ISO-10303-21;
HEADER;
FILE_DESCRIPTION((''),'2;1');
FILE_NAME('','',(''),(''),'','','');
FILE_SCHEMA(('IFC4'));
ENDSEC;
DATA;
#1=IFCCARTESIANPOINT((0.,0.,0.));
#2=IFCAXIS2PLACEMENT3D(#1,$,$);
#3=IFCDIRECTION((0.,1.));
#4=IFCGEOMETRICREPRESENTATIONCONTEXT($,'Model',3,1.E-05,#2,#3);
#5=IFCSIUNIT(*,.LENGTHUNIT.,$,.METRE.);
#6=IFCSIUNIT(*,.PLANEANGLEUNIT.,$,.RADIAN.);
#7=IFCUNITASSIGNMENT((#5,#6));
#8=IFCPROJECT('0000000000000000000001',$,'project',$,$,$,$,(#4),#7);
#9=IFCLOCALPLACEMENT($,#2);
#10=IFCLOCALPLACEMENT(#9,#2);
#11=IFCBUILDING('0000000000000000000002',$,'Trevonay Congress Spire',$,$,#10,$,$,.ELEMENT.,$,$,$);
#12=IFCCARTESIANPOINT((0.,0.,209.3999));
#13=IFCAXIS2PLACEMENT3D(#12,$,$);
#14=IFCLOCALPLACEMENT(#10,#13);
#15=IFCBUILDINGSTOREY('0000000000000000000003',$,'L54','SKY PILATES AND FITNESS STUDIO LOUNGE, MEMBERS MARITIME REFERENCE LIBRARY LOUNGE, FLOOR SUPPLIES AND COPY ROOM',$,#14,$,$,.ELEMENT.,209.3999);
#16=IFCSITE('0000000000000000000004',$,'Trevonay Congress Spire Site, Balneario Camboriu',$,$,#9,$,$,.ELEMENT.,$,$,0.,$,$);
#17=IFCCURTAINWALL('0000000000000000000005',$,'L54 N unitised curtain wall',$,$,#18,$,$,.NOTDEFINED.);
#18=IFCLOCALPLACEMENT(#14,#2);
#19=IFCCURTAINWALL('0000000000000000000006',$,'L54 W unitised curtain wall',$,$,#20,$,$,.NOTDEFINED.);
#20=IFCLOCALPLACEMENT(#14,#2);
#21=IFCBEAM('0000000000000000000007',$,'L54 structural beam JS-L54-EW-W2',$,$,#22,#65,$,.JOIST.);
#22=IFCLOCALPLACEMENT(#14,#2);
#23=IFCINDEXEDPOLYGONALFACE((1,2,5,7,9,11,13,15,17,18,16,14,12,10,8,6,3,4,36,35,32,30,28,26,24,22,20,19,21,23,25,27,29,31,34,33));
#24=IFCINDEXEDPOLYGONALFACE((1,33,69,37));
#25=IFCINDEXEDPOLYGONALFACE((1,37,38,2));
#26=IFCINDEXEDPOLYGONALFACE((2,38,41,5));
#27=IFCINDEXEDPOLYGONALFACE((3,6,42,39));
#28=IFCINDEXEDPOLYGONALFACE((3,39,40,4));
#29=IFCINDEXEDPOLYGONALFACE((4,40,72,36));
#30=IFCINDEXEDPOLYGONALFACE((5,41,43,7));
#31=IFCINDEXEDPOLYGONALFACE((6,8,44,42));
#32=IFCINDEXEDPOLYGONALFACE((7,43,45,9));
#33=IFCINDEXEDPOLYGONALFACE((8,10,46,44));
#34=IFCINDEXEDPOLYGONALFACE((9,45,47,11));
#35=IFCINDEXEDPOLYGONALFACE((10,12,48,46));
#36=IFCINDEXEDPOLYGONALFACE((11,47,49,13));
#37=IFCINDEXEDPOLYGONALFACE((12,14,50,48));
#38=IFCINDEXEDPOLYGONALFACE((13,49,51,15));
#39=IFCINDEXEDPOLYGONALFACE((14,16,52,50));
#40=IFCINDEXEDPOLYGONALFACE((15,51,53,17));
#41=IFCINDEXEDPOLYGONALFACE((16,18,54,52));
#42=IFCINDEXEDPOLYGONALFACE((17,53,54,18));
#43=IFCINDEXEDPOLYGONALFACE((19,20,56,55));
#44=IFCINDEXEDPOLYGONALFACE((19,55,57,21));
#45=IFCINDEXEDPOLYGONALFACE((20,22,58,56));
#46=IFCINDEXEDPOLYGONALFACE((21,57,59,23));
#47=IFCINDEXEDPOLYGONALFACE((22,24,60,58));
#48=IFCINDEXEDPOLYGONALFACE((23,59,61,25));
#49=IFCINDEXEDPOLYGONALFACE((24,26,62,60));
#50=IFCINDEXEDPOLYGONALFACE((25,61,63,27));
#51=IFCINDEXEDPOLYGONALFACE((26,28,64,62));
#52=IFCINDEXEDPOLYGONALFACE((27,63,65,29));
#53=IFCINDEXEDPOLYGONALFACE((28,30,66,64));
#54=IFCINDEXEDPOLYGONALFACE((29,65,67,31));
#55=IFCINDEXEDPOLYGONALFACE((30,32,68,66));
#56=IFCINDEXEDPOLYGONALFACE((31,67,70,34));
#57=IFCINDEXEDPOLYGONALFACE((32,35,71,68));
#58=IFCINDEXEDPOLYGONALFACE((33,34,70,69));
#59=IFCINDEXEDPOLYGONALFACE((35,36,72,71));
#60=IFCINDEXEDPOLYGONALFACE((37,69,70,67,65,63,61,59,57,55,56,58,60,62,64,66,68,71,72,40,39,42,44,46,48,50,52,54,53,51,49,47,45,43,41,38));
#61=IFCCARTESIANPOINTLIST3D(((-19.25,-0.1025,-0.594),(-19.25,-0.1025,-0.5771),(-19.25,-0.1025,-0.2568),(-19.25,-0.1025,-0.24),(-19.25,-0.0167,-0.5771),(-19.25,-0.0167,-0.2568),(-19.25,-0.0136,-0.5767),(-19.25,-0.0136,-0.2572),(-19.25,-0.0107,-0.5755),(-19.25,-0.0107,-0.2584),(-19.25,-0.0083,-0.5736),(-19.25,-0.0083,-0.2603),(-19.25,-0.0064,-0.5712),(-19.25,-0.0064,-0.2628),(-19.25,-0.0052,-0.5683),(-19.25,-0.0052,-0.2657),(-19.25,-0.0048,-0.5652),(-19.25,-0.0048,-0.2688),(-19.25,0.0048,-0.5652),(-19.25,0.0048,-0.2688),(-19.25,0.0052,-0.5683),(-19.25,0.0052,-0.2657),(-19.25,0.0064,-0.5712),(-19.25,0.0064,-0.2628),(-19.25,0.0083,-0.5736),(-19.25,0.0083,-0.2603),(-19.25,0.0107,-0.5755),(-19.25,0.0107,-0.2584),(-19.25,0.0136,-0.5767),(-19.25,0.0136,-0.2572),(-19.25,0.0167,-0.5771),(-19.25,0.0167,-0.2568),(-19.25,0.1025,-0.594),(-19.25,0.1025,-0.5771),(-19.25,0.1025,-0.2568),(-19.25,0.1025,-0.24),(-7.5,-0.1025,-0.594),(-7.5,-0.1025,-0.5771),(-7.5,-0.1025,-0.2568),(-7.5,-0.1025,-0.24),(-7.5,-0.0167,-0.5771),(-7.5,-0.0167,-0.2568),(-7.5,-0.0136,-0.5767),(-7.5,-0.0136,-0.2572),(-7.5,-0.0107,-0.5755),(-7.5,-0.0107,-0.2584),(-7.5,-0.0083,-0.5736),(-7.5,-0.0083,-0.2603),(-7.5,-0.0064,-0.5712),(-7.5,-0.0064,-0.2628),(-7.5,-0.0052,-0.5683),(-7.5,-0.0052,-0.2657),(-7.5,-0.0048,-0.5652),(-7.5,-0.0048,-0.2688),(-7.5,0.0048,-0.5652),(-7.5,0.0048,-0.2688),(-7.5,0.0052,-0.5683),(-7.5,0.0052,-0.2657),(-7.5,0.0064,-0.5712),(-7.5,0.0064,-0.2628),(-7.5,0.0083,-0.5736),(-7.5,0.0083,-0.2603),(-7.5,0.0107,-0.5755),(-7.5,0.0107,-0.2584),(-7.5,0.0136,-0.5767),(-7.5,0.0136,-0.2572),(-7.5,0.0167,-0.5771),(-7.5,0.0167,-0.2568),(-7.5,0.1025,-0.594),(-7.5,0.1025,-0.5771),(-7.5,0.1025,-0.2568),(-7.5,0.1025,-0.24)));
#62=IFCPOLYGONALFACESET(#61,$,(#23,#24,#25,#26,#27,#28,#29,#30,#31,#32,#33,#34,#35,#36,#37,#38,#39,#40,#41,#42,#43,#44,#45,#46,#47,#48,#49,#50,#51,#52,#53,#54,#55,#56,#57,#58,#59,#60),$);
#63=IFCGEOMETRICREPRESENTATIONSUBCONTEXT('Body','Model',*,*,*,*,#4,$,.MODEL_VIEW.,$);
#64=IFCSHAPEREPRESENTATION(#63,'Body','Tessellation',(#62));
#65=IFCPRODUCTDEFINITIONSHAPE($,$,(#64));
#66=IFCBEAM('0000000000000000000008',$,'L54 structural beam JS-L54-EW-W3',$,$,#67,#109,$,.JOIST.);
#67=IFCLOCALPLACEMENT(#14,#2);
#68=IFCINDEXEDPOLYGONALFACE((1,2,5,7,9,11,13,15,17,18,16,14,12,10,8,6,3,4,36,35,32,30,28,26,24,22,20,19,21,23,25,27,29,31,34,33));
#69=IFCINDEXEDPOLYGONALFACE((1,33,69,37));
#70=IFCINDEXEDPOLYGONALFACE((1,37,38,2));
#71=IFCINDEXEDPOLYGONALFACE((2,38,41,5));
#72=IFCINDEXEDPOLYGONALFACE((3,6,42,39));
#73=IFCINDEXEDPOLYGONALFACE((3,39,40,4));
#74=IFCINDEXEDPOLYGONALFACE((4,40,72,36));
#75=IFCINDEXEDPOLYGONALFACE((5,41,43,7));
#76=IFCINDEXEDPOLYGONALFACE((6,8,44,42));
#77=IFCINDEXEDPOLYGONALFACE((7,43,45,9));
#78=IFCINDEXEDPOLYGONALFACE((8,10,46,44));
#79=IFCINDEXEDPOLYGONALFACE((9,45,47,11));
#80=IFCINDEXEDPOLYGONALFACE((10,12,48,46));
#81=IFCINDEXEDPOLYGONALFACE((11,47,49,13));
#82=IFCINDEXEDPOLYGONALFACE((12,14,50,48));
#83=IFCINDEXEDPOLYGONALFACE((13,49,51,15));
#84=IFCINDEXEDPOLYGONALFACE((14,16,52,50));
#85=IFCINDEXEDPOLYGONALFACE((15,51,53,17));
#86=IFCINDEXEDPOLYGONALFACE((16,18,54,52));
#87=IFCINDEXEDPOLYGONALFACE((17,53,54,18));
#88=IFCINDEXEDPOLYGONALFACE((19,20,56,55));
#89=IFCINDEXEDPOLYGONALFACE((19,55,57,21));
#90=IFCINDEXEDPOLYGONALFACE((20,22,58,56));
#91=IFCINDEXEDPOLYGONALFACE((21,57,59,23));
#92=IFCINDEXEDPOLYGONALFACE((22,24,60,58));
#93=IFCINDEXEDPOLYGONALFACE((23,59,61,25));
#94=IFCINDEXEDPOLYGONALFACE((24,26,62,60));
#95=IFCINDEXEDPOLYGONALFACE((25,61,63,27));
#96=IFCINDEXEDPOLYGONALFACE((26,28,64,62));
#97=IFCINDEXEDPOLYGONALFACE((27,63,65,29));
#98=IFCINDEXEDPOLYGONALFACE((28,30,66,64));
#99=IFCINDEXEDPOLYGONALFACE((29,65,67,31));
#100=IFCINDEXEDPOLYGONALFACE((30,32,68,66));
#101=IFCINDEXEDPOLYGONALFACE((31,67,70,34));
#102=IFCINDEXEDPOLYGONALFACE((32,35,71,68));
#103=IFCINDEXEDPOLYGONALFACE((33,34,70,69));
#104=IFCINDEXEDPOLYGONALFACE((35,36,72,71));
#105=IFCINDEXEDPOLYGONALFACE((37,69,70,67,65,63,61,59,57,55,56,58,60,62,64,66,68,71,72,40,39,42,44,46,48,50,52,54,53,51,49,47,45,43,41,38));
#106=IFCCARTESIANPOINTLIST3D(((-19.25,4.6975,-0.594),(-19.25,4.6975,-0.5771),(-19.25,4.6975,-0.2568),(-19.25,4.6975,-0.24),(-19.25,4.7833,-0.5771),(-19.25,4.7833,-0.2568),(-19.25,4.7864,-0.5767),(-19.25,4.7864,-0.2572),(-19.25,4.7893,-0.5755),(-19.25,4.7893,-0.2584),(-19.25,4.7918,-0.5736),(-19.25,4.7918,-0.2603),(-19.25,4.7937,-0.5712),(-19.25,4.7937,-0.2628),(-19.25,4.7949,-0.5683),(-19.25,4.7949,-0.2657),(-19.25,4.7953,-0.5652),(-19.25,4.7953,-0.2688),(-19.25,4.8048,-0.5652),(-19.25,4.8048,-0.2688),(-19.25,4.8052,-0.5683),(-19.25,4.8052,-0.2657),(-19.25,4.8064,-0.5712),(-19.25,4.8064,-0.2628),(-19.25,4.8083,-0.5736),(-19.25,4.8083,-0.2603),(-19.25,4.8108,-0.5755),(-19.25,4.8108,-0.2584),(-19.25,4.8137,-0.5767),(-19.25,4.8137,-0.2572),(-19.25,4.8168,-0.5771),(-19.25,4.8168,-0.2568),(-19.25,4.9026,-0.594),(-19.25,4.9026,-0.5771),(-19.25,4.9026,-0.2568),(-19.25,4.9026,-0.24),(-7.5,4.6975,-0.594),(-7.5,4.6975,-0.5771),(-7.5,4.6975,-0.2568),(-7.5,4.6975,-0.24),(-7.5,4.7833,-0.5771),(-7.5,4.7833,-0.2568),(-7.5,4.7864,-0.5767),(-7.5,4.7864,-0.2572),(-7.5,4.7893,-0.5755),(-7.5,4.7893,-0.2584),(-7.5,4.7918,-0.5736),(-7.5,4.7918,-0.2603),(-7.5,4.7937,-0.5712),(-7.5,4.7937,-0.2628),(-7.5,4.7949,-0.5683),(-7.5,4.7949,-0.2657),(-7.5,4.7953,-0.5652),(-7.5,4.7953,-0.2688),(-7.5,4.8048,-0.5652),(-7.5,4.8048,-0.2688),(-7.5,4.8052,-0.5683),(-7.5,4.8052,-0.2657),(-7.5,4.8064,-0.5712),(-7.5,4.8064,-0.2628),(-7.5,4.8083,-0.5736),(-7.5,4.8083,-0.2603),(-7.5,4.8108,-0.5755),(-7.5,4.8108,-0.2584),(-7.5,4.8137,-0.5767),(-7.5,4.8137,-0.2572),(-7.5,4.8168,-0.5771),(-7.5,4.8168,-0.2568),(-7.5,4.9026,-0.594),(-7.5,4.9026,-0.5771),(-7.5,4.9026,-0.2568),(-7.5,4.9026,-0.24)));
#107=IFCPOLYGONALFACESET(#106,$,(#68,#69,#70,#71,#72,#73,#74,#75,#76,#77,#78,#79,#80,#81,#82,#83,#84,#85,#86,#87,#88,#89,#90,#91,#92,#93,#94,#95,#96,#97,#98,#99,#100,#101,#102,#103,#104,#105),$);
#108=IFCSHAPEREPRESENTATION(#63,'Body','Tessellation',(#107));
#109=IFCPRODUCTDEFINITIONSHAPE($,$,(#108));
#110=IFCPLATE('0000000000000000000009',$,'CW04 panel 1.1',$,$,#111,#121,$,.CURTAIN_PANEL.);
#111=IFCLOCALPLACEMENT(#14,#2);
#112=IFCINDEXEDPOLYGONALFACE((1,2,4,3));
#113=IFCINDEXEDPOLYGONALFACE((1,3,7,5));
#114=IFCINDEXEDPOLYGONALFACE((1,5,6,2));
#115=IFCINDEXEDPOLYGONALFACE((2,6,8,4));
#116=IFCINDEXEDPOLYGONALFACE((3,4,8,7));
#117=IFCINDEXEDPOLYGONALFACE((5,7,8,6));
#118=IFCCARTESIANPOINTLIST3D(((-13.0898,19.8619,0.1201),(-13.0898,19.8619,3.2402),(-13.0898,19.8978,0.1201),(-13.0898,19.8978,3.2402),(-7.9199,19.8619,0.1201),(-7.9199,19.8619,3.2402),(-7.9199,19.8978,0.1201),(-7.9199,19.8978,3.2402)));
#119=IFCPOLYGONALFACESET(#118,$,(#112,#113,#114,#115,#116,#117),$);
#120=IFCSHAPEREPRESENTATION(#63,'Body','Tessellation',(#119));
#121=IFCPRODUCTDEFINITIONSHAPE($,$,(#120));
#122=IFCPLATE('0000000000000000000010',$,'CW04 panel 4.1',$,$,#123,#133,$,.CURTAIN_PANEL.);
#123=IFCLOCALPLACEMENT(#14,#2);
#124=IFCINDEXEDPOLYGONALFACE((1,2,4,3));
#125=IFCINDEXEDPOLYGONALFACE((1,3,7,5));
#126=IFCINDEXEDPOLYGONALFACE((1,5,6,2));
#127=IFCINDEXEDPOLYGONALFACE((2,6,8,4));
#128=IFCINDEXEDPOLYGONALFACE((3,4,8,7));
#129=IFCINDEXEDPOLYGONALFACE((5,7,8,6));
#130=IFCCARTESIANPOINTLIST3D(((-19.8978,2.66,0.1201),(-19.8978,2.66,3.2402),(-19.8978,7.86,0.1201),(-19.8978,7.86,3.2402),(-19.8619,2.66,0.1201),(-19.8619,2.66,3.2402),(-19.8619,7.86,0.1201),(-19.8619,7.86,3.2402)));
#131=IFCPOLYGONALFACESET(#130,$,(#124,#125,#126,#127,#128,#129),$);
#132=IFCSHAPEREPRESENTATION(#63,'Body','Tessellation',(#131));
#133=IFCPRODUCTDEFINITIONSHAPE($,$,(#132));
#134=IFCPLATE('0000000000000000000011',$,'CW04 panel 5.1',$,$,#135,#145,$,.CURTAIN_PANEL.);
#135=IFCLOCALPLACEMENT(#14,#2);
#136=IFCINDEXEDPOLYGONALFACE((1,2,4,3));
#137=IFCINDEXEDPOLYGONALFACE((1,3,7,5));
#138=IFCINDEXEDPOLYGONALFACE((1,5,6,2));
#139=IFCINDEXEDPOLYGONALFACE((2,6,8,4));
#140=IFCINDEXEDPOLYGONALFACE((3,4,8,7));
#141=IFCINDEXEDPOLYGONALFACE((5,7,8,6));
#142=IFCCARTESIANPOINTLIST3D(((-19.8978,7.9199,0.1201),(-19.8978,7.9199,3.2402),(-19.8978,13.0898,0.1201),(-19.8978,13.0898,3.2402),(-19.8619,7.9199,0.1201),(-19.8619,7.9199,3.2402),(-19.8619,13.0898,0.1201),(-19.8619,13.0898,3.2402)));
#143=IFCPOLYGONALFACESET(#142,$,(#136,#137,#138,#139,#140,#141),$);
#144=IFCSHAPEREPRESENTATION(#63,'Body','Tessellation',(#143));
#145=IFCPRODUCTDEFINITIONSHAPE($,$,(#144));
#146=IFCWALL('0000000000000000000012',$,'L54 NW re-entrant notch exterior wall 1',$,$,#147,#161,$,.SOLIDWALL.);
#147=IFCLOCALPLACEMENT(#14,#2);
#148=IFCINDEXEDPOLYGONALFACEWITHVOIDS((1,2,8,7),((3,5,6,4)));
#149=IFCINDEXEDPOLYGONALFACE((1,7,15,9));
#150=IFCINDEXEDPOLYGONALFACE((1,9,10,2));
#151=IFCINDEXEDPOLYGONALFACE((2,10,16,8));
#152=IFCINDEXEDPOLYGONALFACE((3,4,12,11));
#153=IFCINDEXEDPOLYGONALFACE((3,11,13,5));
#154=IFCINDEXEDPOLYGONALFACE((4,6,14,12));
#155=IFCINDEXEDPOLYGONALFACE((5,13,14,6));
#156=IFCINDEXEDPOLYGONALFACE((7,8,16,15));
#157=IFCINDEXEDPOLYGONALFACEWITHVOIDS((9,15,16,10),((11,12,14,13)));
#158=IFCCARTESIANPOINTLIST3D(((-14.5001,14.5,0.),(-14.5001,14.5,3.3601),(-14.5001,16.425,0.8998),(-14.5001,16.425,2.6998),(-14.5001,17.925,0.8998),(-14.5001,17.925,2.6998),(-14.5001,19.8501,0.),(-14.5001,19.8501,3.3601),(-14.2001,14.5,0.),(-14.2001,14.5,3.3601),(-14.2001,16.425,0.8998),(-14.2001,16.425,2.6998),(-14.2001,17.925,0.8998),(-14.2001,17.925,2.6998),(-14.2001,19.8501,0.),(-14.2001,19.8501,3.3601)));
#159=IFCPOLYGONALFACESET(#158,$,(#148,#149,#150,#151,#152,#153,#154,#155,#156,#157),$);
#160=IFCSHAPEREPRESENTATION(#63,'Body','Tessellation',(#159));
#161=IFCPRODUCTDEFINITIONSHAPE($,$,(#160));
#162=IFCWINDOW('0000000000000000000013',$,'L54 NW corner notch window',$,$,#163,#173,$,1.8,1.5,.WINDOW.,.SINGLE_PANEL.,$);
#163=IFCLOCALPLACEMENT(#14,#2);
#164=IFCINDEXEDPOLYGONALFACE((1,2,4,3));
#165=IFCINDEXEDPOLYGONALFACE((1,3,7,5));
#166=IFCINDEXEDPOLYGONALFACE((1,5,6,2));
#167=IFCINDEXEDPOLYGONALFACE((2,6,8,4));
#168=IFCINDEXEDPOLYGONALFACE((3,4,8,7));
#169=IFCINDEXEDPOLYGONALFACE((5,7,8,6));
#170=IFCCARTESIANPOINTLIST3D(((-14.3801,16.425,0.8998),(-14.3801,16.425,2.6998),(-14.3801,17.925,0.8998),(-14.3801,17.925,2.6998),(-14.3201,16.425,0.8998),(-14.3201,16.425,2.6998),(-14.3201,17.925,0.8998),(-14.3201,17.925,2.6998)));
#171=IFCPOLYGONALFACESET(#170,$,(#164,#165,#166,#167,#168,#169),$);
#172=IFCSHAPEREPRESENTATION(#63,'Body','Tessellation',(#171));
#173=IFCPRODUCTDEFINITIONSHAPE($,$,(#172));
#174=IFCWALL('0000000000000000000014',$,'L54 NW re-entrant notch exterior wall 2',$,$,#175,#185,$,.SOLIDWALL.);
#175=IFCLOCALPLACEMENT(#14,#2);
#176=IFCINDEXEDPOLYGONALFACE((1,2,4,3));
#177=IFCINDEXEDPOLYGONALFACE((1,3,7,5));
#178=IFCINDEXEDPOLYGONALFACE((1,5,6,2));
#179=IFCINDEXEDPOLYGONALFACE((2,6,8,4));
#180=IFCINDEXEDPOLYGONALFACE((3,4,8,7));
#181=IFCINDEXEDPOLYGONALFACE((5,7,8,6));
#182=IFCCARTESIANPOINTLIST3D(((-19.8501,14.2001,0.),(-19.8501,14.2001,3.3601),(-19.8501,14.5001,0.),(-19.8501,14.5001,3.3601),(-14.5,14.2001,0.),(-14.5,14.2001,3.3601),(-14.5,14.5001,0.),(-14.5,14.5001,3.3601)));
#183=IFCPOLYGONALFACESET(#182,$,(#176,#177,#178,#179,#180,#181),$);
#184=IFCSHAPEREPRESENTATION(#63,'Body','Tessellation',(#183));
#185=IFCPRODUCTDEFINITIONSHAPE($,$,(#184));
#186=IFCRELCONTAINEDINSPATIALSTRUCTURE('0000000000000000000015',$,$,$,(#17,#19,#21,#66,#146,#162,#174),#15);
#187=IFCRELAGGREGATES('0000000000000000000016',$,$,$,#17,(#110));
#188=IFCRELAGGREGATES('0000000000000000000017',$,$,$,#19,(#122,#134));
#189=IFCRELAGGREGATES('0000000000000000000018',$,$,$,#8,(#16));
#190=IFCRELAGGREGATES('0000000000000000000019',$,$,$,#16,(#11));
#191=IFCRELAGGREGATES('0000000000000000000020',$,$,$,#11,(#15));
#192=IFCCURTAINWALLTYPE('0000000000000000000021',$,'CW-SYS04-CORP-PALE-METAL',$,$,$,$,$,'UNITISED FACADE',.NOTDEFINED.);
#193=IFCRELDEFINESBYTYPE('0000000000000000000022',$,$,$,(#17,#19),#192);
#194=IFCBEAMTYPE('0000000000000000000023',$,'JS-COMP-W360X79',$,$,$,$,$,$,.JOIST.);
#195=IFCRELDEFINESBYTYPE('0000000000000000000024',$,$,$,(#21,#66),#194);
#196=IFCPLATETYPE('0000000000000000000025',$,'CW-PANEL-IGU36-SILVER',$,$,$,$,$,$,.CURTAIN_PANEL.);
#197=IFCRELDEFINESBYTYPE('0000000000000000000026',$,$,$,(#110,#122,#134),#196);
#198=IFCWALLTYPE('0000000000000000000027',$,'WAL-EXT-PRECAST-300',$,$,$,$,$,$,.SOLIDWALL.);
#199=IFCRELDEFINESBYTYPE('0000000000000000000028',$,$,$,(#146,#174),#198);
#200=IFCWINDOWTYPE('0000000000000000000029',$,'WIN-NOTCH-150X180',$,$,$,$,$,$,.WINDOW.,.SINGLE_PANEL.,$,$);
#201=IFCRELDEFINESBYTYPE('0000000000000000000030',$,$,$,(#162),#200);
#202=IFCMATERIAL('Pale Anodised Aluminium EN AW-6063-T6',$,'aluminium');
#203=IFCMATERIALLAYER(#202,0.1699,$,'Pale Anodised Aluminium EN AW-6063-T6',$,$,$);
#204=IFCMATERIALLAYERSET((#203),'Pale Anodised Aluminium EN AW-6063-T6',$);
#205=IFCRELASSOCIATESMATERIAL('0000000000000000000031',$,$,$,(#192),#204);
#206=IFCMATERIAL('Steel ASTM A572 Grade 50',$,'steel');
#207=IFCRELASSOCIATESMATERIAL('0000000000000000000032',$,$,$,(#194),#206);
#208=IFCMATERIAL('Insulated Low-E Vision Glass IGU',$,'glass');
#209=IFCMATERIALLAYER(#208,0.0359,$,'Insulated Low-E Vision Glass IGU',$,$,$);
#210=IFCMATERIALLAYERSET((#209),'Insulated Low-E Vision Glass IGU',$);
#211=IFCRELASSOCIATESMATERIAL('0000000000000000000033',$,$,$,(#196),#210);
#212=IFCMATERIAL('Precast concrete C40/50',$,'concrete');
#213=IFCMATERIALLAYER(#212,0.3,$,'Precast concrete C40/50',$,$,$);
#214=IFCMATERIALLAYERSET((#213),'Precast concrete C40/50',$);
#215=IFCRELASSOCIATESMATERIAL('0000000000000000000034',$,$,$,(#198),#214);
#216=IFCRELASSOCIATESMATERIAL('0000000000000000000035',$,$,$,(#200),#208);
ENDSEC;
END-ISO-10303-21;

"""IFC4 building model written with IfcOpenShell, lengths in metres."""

from ifc_helpers import new_model, si_unit, direction, frame, frame_2d, origin, origin_2d, place, context, subcontext, project, spatial, rectangle, i_section, extrude, material, layer, layer_set, material_profile, profile_set, type_object, element, fill, aggregate, save


model = new_model("IFC4")

# Units and contexts
model_context = context("Model", 3, precision=1e-05, world=origin(), true_north=direction((0.0, 1.0)))
body_context = subcontext(model_context, "Body", "Model", "MODEL_VIEW")
ifc_project = project(units=[si_unit("LENGTHUNIT", "METRE"), si_unit("PLANEANGLEUNIT", "RADIAN")], contexts=[model_context])

# Site, building, storey
site_placement = place(None, origin())
site = spatial("IfcSite", under=ifc_project, at=site_placement, Name="Trevonay Congress Spire Site, Balneario Camboriu", CompositionType="ELEMENT", RefElevation=0.0)
building_placement = place(site_placement, origin())
building = spatial("IfcBuilding", under=site, at=building_placement, Name="Trevonay Congress Spire", CompositionType="ELEMENT")
storey_placement = place(building_placement, frame((0.0, 0.0, 209.3999)))
storey = spatial("IfcBuildingStorey", under=building, at=storey_placement, Name="L54", Description="SKY PILATES AND FITNESS STUDIO LOUNGE, MEMBERS MARITIME REFERENCE LIBRARY LOUNGE, FLOOR SUPPLIES AND COPY ROOM", CompositionType="ELEMENT", Elevation=209.3999)

# Shared definitions
ifc_material_1 = material(Name="Steel ASTM A572 Grade 50", Category="steel")

# Curtain walls
ifc_material_2 = material(Name="Pale Anodised Aluminium EN AW-6063-T6", Category="aluminium")
ifc_layer_1 = layer(ifc_material_2, 0.1699, Name="Pale Anodised Aluminium EN AW-6063-T6")
ifc_layer_set_1 = layer_set([ifc_layer_1], Name="Pale Anodised Aluminium EN AW-6063-T6")
curtain_wall_type = type_object("IfcCurtainWallType", Name="CW-SYS04-CORP-PALE-METAL", ElementType="UNITISED FACADE", PredefinedType="NOTDEFINED", material=ifc_layer_set_1)
curtain_wall_1_placement = place(storey_placement, origin())
curtain_wall_1 = element("IfcCurtainWall", 1, at=curtain_wall_1_placement, inside=storey, type_object=curtain_wall_type, Name="L54 N unitised curtain wall", PredefinedType="NOTDEFINED")
curtain_wall_2_placement = place(storey_placement, origin())
curtain_wall_2 = element("IfcCurtainWall", 2, at=curtain_wall_2_placement, inside=storey, type_object=curtain_wall_type, Name="L54 W unitised curtain wall", PredefinedType="NOTDEFINED")

# Beams
ifc_material_profile_1 = material_profile(ifc_material_1, i_section(OverallWidth=0.2051, OverallDepth=0.354, WebThickness=0.0095, FlangeThickness=0.0168, FilletRadius=0.012, at=origin_2d()), Name="W360x79")
ifc_profile_set_1 = profile_set([ifc_material_profile_1], Name="Steel ASTM A572 Grade 50")
beam_type_1 = type_object("IfcBeamType", Name="JS-COMP-W360X79", PredefinedType="JOIST", material=ifc_profile_set_1)
for number, where, z_axis, x_axis, name in (
    (3, (-19.25, 0.0, -0.417), (1.0, 0.0, 0.0), (0.0, 1.0, 0.0), "L54 structural beam JS-L54-EW-W2"),
    (4, (-19.25, 4.8, -0.417), (1.0, 0.0, 0.0), (0.0, 1.0, 0.0), "L54 structural beam JS-L54-EW-W3"),
):
    element("IfcBeam", number, at=place(storey_placement, frame(where, z_axis=z_axis, x_axis=x_axis)), inside=storey, type_object=beam_type_1, Name=name, PredefinedType="JOIST", context=body_context, shape_type="SweptSolid", body=[
        extrude(i_section(OverallWidth=0.2051, OverallDepth=0.354, WebThickness=0.0095, FlangeThickness=0.0168, FilletRadius=0.012, at=origin_2d()), origin(), (0.0, 0.0, 1.0), 11.75),
    ])

# Plates
ifc_material_3 = material(Name="Insulated Low-E Vision Glass IGU", Category="glass")
ifc_layer_2 = layer(ifc_material_3, 0.0359, Name="Insulated Low-E Vision Glass IGU")
ifc_layer_set_2 = layer_set([ifc_layer_2], Name="Insulated Low-E Vision Glass IGU")
plate_type = type_object("IfcPlateType", Name="CW-PANEL-IGU36-SILVER", PredefinedType="CURTAIN_PANEL", material=ifc_layer_set_2)
plate_1_placement = place(storey_placement, frame((-10.5049, 19.8799, 0.1201), z_axis=(0.0, 0.0, 1.0), x_axis=(1.0, 0.0, 0.0)))
plate_1 = element("IfcPlate", 5, at=plate_1_placement, type_object=plate_type, Name="CW04 panel 1.1", PredefinedType="CURTAIN_PANEL", context=body_context, shape_type="SweptSolid", body=[
    extrude(rectangle(XDim=5.1699, YDim=0.0359, at=origin_2d()), origin(), (0.0, 0.0, 1.0), 3.1201),
])
aggregate(curtain_wall_1, [plate_1])
plate_2_placement = place(storey_placement, frame((-19.8799, 5.26, 0.1201), z_axis=(0.0, 0.0, 1.0), x_axis=(0.0, 1.0, 0.0)))
plate_2 = element("IfcPlate", 6, at=plate_2_placement, type_object=plate_type, Name="CW04 panel 4.1", PredefinedType="CURTAIN_PANEL", context=body_context, shape_type="SweptSolid", body=[
    extrude(rectangle(XDim=5.2, YDim=0.0359, at=origin_2d()), origin(), (0.0, 0.0, 1.0), 3.1201),
])
plate_3_placement = place(storey_placement, frame((-19.8799, 10.5049, 0.1201), z_axis=(0.0, 0.0, 1.0), x_axis=(0.0, 1.0, 0.0)))
plate_3 = element("IfcPlate", 7, at=plate_3_placement, type_object=plate_type, Name="CW04 panel 5.1", PredefinedType="CURTAIN_PANEL", context=body_context, shape_type="SweptSolid", body=[
    extrude(rectangle(XDim=5.1699, YDim=0.0359, at=origin_2d()), origin(), (0.0, 0.0, 1.0), 3.1201),
])
aggregate(curtain_wall_2, [plate_2, plate_3])

# Wall, opening, window
ifc_material_4 = material(Name="Precast concrete C40/50", Category="concrete")
ifc_layer_3 = layer(ifc_material_4, 0.3, Name="Precast concrete C40/50")
ifc_layer_set_3 = layer_set([ifc_layer_3], Name="Precast concrete C40/50")
wall_type_1 = type_object("IfcWallType", Name="WAL-EXT-PRECAST-300", PredefinedType="SOLIDWALL", material=ifc_layer_set_3)
wall_1_placement = place(storey_placement, frame((-14.3501, 19.8501, 0.0), z_axis=(0.0, 0.0, 1.0), x_axis=(0.0, -1.0, 0.0)))
wall_1 = element("IfcWall", 8, at=wall_1_placement, inside=storey, type_object=wall_type_1, Name="L54 NW re-entrant notch exterior wall 1", PredefinedType="SOLIDWALL", context=body_context, shape_type="SweptSolid", body=[
    extrude(rectangle(XDim=5.3501, YDim=0.3, at=frame_2d((2.675, 0.0))), origin(), (0.0, 0.0, 1.0), 3.3601),
])
opening_placement = place(wall_1_placement, frame((1.925, 0.0, 0.8999)))
opening = element("IfcOpeningElement", 9, at=opening_placement, cuts=wall_1, PredefinedType="OPENING", context=body_context, shape_type="SweptSolid", body=[
    extrude(rectangle(XDim=1.5, YDim=1.8, at=frame_2d((0.75, 0.8999))), frame((0.0, 0.1602, 0.0), z_axis=(0.0, -1.0, 0.0), x_axis=(1.0, 0.0, 0.0)), (0.0, 0.0, 1.0), 0.3201),
])
window_type = type_object("IfcWindowType", Name="WIN-NOTCH-150X180", PartitioningType="SINGLE_PANEL", PredefinedType="WINDOW", material=ifc_material_3)
window_placement = place(opening_placement, origin())
window = element("IfcWindow", 10, at=window_placement, inside=storey, type_object=window_type, Name="L54 NW corner notch window", OverallHeight=1.8, OverallWidth=1.5, PartitioningType="SINGLE_PANEL", PredefinedType="WINDOW", context=body_context, shape_type="SweptSolid", body=[
    extrude(rectangle(XDim=1.5, YDim=1.8, at=frame_2d((0.75, 0.8999))), frame((0.0, 0.03, 0.0), z_axis=(0.0, -1.0, 0.0), x_axis=(1.0, 0.0, 0.0)), (0.0, 0.0, 1.0), 0.0601),
])
fill(opening, window)

# Wall
wall_2_placement = place(storey_placement, frame((-19.8501, 14.3501, 0.0), z_axis=(0.0, 0.0, 1.0), x_axis=(1.0, 0.0, 0.0)))
element("IfcWall", 11, at=wall_2_placement, inside=storey, type_object=wall_type_1, Name="L54 NW re-entrant notch exterior wall 2", PredefinedType="SOLIDWALL", context=body_context, shape_type="SweptSolid", body=[
    extrude(rectangle(XDim=5.3501, YDim=0.3, at=frame_2d((2.675, 0.0))), origin(), (0.0, 0.0, 1.0), 3.3601),
])

save(model, "model.ifc")
